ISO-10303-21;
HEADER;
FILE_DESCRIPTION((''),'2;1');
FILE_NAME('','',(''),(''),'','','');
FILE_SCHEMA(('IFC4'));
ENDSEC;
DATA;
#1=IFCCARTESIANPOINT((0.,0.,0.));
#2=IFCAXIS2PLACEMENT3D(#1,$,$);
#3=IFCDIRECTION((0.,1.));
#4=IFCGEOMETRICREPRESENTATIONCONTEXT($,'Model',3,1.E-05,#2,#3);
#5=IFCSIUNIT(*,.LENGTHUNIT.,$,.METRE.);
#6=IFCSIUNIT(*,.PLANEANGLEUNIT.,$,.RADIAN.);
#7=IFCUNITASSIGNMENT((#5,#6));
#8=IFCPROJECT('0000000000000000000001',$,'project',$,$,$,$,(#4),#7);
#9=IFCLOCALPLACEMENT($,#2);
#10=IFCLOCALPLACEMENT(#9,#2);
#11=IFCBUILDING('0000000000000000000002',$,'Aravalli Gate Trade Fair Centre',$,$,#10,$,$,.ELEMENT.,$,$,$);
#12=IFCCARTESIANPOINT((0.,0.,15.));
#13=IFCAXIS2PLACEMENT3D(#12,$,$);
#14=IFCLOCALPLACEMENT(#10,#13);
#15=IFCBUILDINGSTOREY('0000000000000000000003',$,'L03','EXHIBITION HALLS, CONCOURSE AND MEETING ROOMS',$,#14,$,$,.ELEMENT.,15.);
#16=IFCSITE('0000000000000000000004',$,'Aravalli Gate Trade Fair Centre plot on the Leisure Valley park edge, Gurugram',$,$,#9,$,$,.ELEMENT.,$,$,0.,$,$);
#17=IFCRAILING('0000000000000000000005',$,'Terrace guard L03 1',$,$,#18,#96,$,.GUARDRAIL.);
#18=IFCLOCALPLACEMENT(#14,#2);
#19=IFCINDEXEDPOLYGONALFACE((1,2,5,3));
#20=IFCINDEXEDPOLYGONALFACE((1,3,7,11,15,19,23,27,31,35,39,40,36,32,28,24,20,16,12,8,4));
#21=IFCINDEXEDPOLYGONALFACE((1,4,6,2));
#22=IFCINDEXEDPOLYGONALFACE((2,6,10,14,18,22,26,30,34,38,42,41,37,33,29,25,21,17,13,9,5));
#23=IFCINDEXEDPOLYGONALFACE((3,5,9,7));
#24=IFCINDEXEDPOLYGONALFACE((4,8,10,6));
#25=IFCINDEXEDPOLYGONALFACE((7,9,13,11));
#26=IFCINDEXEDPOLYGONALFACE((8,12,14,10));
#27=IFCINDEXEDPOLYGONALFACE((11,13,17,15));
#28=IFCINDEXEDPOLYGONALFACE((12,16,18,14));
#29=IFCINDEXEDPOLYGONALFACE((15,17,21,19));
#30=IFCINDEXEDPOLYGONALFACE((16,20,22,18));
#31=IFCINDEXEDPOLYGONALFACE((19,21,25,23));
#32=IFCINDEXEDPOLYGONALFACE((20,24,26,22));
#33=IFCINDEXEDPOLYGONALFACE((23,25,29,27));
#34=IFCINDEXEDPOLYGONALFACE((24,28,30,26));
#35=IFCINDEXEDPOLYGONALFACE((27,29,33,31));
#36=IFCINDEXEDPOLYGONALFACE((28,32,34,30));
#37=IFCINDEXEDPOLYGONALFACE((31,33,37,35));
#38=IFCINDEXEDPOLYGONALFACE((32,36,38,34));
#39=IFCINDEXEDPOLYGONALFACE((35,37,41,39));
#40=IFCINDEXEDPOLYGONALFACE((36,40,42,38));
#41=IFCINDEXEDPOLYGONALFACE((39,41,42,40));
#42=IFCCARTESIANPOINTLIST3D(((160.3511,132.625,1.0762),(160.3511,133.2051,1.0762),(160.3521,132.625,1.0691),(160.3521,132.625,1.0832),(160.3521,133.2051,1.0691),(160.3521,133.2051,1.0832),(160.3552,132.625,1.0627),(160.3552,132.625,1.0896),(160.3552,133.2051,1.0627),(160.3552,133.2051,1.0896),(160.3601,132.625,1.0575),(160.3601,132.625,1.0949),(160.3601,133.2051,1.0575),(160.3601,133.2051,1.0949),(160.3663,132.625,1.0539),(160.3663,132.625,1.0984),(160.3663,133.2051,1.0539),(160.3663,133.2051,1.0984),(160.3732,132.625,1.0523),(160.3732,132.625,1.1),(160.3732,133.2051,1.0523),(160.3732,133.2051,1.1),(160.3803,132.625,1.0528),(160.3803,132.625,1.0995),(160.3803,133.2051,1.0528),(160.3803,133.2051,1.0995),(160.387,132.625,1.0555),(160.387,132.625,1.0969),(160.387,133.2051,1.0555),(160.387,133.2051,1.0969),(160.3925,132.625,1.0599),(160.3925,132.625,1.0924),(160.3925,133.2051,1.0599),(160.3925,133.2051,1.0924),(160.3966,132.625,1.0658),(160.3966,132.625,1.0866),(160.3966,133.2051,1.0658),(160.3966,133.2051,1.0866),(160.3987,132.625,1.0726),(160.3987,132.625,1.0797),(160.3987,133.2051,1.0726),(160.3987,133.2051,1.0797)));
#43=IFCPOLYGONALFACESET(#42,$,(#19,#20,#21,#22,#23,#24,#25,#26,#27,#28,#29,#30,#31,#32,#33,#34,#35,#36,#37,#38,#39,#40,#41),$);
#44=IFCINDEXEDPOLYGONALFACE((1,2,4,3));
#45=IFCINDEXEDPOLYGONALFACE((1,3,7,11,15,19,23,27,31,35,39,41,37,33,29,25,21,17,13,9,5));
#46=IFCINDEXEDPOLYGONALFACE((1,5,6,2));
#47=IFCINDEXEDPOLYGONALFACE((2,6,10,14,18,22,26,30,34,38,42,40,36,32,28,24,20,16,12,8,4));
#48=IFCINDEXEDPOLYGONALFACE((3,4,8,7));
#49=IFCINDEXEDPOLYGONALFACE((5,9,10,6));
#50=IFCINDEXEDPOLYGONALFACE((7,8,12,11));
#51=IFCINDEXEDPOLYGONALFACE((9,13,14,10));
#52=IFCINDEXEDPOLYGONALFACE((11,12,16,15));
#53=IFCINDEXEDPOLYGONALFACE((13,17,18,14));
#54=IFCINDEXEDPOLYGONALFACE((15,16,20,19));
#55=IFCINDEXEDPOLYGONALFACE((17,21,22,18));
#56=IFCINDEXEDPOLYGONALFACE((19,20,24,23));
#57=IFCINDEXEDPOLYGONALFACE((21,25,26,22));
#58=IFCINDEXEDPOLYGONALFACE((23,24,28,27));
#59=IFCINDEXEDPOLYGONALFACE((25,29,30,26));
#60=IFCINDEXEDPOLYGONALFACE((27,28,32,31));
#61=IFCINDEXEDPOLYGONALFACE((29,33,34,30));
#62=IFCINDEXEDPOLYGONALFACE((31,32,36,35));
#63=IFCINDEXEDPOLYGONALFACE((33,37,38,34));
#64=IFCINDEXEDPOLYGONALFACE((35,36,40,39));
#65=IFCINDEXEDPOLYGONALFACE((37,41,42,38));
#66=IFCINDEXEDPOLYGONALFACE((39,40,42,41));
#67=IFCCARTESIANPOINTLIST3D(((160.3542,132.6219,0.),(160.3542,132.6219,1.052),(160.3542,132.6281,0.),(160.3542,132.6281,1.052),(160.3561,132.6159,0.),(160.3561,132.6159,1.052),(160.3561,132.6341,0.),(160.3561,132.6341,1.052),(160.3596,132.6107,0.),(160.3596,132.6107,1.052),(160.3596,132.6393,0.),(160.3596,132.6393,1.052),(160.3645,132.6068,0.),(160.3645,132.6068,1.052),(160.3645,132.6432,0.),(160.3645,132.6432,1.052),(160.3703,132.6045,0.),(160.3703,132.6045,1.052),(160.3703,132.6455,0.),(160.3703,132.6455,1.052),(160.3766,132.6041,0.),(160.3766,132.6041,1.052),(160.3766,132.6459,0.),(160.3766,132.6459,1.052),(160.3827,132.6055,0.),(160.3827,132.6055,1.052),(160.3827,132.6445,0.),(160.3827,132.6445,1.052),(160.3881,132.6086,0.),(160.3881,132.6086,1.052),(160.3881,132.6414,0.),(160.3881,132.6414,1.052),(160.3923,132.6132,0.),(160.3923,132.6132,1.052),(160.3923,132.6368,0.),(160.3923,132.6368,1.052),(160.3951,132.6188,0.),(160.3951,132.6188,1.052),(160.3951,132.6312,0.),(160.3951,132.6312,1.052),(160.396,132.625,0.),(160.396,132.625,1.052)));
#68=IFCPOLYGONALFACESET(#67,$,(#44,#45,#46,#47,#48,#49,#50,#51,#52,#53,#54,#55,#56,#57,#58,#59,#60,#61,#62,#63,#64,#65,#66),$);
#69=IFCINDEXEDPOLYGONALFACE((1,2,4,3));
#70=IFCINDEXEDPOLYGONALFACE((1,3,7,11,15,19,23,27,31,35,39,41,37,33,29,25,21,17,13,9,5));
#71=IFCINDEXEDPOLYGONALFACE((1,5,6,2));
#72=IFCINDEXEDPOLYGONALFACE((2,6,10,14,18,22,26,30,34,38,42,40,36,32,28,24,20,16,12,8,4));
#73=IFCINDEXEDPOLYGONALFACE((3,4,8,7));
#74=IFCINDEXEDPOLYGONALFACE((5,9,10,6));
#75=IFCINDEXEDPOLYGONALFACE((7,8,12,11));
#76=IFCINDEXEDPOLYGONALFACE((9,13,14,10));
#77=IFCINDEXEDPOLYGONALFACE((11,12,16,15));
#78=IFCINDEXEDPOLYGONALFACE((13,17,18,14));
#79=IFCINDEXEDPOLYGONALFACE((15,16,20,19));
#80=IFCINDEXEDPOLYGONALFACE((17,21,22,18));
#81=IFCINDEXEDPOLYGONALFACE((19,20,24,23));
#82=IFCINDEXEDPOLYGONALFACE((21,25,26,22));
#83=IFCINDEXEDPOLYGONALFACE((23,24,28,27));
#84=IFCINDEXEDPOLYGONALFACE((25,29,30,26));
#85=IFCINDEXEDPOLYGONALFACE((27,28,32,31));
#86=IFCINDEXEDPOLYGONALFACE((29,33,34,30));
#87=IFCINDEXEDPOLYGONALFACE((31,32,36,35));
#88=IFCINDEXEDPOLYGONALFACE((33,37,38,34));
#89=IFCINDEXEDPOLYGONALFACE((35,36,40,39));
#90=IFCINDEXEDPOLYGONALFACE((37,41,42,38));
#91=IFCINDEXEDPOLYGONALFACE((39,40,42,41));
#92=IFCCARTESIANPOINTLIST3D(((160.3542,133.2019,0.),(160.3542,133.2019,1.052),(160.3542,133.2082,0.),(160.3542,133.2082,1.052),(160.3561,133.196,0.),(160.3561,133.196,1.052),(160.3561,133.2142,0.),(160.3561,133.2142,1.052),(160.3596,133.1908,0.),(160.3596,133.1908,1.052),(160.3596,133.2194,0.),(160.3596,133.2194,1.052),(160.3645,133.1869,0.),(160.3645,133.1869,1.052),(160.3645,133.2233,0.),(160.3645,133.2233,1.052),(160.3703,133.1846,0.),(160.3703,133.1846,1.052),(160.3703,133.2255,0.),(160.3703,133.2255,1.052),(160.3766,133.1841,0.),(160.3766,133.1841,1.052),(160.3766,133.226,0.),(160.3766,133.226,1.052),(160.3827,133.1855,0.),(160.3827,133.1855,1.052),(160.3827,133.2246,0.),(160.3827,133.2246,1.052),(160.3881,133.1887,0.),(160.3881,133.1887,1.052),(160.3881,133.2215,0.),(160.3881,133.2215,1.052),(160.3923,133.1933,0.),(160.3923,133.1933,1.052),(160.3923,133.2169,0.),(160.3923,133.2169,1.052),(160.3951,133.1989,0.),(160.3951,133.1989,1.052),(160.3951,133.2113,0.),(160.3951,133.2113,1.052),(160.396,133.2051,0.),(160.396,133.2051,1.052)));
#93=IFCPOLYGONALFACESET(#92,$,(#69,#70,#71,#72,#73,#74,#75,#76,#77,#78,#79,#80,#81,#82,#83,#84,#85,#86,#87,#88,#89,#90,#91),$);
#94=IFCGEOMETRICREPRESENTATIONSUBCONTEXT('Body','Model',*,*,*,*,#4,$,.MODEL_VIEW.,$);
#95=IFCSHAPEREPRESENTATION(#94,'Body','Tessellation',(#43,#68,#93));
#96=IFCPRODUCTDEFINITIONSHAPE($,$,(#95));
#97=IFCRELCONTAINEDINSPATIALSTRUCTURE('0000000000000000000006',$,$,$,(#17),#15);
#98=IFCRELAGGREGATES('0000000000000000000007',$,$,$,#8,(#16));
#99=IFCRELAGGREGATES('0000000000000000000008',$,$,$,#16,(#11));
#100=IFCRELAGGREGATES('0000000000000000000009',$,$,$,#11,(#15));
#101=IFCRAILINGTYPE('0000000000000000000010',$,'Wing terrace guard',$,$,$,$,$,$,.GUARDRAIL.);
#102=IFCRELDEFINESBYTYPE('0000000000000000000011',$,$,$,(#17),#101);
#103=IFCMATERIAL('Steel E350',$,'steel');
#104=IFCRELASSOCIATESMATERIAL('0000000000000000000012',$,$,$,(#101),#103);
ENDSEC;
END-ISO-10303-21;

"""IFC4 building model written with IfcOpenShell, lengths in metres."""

from ifc_helpers import new_model, si_unit, direction, frame, origin, origin_2d, place, context, subcontext, project, spatial, circle, extrude, material, type_object, element, save


model = new_model("IFC4")

# Units and contexts
model_context = context("Model", 3, precision=1e-05, world=origin(), true_north=direction((0.0, 1.0)))
body_context = subcontext(model_context, "Body", "Model", "MODEL_VIEW")
ifc_project = project(units=[si_unit("LENGTHUNIT", "METRE"), si_unit("PLANEANGLEUNIT", "RADIAN")], contexts=[model_context])

# Site, building, storey
site_placement = place(None, origin())
site = spatial("IfcSite", under=ifc_project, at=site_placement, Name="Aravalli Gate Trade Fair Centre plot on the Leisure Valley park edge, Gurugram", CompositionType="ELEMENT", RefElevation=0.0)
building_placement = place(site_placement, origin())
building = spatial("IfcBuilding", under=site, at=building_placement, Name="Aravalli Gate Trade Fair Centre", CompositionType="ELEMENT")
storey_placement = place(building_placement, frame((0.0, 0.0, 15.0)))
storey = spatial("IfcBuildingStorey", under=building, at=storey_placement, Name="L03", Description="EXHIBITION HALLS, CONCOURSE AND MEETING ROOMS", CompositionType="ELEMENT", Elevation=15.0)

# Shared definitions
ifc_material_1 = material(Name="Steel E350", Category="steel")

# Railing
railing_type = type_object("IfcRailingType", Name="Wing terrace guard", PredefinedType="GUARDRAIL", material=ifc_material_1)
railing_1_placement = place(storey_placement, frame((160.375, 132.625, 0.0)))
element("IfcRailing", 1, at=railing_1_placement, inside=storey, type_object=railing_type, Name="Terrace guard L03 1", PredefinedType="GUARDRAIL", context=body_context, shape_type="SweptSolid", body=[
    extrude(circle(Radius=0.0239, at=origin_2d()), frame((0.0, 0.0, 1.0762), z_axis=(0.0, 1.0, 0.0), x_axis=(-1.0, 0.0, 0.0)), (0.0, 0.0, 1.0), 0.5801),
    extrude(circle(Radius=0.021, at=origin_2d()), origin(), (0.0, 0.0, 1.0), 1.052),
    extrude(circle(Radius=0.021, at=origin_2d()), frame((0.0, 0.5801, 0.0)), (0.0, 0.0, 1.0), 1.052),
])

save(model, "model.ifc")
